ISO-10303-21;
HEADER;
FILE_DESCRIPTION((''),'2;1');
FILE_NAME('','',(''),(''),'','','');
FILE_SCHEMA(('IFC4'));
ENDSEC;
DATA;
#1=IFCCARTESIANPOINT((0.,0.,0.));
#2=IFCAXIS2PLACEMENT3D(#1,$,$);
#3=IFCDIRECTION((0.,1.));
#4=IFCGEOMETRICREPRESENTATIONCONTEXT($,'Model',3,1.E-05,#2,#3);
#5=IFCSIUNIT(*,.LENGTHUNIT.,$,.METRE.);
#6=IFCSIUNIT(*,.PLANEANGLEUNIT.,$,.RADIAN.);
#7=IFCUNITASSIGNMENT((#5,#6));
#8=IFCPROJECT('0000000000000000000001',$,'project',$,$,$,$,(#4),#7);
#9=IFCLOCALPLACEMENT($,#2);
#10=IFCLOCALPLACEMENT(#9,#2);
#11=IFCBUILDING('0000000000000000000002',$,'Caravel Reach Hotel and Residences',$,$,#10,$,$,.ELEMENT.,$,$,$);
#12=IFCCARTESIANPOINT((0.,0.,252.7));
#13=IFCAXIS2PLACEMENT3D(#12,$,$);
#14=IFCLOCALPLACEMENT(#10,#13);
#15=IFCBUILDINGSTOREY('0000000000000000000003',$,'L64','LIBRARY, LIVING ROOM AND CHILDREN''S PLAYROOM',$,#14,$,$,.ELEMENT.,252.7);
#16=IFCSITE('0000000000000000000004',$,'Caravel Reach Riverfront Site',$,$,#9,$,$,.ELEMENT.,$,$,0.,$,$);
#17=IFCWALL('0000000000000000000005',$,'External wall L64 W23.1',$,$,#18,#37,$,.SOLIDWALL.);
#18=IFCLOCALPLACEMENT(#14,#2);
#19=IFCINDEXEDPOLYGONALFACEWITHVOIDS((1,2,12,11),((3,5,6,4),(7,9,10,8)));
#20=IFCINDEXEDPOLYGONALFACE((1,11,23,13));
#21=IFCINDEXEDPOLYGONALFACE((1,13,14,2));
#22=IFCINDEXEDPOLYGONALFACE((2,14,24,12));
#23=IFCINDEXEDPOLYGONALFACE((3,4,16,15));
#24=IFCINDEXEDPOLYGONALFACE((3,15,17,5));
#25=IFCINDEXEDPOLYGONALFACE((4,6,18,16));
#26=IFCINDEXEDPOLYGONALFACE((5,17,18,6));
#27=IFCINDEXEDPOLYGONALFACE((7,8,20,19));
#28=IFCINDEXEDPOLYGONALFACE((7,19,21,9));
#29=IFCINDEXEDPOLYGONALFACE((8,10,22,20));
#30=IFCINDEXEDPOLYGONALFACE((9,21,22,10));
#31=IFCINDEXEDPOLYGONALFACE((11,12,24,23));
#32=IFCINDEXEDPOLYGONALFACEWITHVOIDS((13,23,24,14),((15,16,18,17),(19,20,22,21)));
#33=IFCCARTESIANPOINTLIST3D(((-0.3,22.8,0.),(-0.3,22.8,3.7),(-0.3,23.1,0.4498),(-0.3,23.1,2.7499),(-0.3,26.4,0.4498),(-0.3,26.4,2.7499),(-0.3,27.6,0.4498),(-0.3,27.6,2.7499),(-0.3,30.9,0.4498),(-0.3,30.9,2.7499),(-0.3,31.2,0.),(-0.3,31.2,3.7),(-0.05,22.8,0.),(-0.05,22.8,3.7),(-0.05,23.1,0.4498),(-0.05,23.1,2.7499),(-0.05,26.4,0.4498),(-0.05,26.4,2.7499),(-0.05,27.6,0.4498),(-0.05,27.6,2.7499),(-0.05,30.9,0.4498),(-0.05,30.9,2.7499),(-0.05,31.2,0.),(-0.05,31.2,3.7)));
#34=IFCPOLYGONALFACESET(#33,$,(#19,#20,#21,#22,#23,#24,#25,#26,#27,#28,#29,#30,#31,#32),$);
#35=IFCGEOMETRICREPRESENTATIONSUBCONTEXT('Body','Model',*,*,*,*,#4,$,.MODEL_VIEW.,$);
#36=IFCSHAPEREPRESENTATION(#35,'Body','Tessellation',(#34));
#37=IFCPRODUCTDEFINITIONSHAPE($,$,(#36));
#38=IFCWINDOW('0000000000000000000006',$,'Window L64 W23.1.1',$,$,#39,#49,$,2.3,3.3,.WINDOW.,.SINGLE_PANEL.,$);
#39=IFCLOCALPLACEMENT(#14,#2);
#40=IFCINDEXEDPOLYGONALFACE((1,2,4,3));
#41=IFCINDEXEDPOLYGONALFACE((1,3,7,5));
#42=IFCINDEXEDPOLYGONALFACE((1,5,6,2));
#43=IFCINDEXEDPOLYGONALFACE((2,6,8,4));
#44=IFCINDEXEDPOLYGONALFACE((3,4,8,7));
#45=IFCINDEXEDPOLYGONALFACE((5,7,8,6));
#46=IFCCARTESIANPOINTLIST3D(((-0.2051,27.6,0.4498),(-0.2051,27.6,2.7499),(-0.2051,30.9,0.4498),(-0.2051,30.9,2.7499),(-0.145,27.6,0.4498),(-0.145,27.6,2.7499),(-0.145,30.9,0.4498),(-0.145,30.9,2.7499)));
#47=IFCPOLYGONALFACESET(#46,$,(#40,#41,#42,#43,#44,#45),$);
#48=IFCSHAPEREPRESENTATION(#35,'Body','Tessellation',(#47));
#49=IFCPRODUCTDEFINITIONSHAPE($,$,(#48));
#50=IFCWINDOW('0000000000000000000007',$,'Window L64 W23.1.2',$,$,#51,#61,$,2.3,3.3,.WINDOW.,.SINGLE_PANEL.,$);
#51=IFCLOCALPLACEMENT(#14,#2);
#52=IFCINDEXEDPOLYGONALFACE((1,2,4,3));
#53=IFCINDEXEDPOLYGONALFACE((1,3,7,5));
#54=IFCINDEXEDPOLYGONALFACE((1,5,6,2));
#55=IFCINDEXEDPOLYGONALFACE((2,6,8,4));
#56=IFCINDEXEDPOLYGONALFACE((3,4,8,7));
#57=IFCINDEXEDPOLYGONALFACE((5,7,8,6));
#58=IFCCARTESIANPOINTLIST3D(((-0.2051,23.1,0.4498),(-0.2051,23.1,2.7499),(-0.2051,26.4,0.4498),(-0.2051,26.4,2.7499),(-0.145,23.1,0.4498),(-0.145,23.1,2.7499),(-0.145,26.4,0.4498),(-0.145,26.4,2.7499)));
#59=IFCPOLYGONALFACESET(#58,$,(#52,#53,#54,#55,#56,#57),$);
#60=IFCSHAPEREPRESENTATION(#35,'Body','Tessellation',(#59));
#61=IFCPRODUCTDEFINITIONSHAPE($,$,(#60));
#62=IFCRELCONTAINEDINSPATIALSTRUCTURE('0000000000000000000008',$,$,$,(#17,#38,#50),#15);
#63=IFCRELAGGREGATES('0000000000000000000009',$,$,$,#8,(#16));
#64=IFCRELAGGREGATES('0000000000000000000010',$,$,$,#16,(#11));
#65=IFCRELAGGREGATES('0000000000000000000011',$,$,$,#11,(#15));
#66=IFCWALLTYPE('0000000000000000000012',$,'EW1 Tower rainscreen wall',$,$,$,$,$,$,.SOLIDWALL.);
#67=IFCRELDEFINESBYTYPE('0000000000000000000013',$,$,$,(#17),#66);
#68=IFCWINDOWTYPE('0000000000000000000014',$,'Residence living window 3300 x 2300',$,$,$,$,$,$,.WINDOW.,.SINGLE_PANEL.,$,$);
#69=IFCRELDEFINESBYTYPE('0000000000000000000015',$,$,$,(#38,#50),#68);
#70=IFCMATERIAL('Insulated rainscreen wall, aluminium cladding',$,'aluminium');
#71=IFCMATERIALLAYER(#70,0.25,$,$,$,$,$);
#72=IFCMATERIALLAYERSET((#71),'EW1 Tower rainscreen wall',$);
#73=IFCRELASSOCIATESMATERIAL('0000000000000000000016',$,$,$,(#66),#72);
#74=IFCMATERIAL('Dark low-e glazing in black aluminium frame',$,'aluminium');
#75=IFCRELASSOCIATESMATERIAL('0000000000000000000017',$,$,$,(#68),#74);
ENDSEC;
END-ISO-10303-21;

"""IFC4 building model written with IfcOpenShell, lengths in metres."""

from ifc_helpers import new_model, si_unit, direction, frame, frame_2d, origin, place, context, subcontext, project, spatial, rectangle, extrude, material, layer, layer_set, type_object, element, fill, save


model = new_model("IFC4")

# Units and contexts
model_context = context("Model", 3, precision=1e-05, world=origin(), true_north=direction((0.0, 1.0)))
body_context = subcontext(model_context, "Body", "Model", "MODEL_VIEW")
ifc_project = project(units=[si_unit("LENGTHUNIT", "METRE"), si_unit("PLANEANGLEUNIT", "RADIAN")], contexts=[model_context])

# Site, building, storey
site_placement = place(None, origin())
site = spatial("IfcSite", under=ifc_project, at=site_placement, Name="Caravel Reach Riverfront Site", CompositionType="ELEMENT", RefElevation=0.0)
building_placement = place(site_placement, origin())
building = spatial("IfcBuilding", under=site, at=building_placement, Name="Caravel Reach Hotel and Residences", CompositionType="ELEMENT")
storey_placement = place(building_placement, frame((0.0, 0.0, 252.7)))
storey = spatial("IfcBuildingStorey", under=building, at=storey_placement, Name="L64", Description="LIBRARY, LIVING ROOM AND CHILDREN'S PLAYROOM", CompositionType="ELEMENT", Elevation=252.7)

# Shared definitions
ifc_material_1 = material(Name="Insulated rainscreen wall, aluminium cladding", Category="aluminium")
ifc_layer = layer(ifc_material_1, 0.25)
ifc_layer_set = layer_set([ifc_layer], Name="EW1 Tower rainscreen wall")
wall_type = type_object("IfcWallType", Name="EW1 Tower rainscreen wall", PredefinedType="SOLIDWALL", material=ifc_layer_set)

# Wall, openings, windows
wall_1_placement = place(storey_placement, frame((-0.175, 31.2, 0.0), z_axis=(0.0, 0.0, 1.0), x_axis=(0.0, -1.0, 0.0)))
wall_1 = element("IfcWall", 1, at=wall_1_placement, inside=storey, type_object=wall_type, Name="External wall L64 W23.1", PredefinedType="SOLIDWALL", context=body_context, shape_type="SweptSolid", body=[
    extrude(rectangle(XDim=8.3999, YDim=0.25, at=frame_2d((4.2, 0.0))), origin(), (0.0, 0.0, 1.0), 3.7),
])
opening_1_placement = place(wall_1_placement, frame((0.3, 0.0, 0.45)))
opening_1 = element("IfcOpeningElement", 2, at=opening_1_placement, cuts=wall_1, PredefinedType="OPENING", context=body_context, shape_type="SweptSolid", body=[
    extrude(rectangle(XDim=3.3, YDim=2.3, at=frame_2d((1.6499, 1.1499))), frame((0.0, 0.135, 0.0), z_axis=(0.0, -1.0, 0.0), x_axis=(1.0, 0.0, 0.0)), (0.0, 0.0, 1.0), 0.27),
])
opening_2_placement = place(wall_1_placement, frame((4.8, 0.0, 0.45)))
opening_2 = element("IfcOpeningElement", 3, at=opening_2_placement, cuts=wall_1, PredefinedType="OPENING", context=body_context, shape_type="SweptSolid", body=[
    extrude(rectangle(XDim=3.3, YDim=2.3, at=frame_2d((1.6499, 1.1499))), frame((0.0, 0.135, 0.0), z_axis=(0.0, -1.0, 0.0), x_axis=(1.0, 0.0, 0.0)), (0.0, 0.0, 1.0), 0.27),
])
ifc_material_2 = material(Name="Dark low-e glazing in black aluminium frame", Category="aluminium")
window_type_1 = type_object("IfcWindowType", Name="Residence living window 3300 x 2300", PartitioningType="SINGLE_PANEL", PredefinedType="WINDOW", material=ifc_material_2)
window_1_placement = place(opening_1_placement, origin())
window_1 = element("IfcWindow", 4, at=window_1_placement, inside=storey, type_object=window_type_1, Name="Window L64 W23.1.1", OverallHeight=2.3, OverallWidth=3.3, PartitioningType="SINGLE_PANEL", PredefinedType="WINDOW", context=body_context, shape_type="SweptSolid", body=[
    extrude(rectangle(XDim=3.3, YDim=2.3, at=frame_2d((1.6499, 1.1499))), frame((0.0, 0.03, 0.0), z_axis=(0.0, -1.0, 0.0), x_axis=(1.0, 0.0, 0.0)), (0.0, 0.0, 1.0), 0.0601),
])
fill(opening_1, window_1)
window_2_placement = place(opening_2_placement, origin())
window_2 = element("IfcWindow", 5, at=window_2_placement, inside=storey, type_object=window_type_1, Name="Window L64 W23.1.2", OverallHeight=2.3, OverallWidth=3.3, PartitioningType="SINGLE_PANEL", PredefinedType="WINDOW", context=body_context, shape_type="SweptSolid", body=[
    extrude(rectangle(XDim=3.3, YDim=2.3, at=frame_2d((1.6499, 1.1499))), frame((0.0, 0.03, 0.0), z_axis=(0.0, -1.0, 0.0), x_axis=(1.0, 0.0, 0.0)), (0.0, 0.0, 1.0), 0.0601),
])
fill(opening_2, window_2)

save(model, "model.ifc")
